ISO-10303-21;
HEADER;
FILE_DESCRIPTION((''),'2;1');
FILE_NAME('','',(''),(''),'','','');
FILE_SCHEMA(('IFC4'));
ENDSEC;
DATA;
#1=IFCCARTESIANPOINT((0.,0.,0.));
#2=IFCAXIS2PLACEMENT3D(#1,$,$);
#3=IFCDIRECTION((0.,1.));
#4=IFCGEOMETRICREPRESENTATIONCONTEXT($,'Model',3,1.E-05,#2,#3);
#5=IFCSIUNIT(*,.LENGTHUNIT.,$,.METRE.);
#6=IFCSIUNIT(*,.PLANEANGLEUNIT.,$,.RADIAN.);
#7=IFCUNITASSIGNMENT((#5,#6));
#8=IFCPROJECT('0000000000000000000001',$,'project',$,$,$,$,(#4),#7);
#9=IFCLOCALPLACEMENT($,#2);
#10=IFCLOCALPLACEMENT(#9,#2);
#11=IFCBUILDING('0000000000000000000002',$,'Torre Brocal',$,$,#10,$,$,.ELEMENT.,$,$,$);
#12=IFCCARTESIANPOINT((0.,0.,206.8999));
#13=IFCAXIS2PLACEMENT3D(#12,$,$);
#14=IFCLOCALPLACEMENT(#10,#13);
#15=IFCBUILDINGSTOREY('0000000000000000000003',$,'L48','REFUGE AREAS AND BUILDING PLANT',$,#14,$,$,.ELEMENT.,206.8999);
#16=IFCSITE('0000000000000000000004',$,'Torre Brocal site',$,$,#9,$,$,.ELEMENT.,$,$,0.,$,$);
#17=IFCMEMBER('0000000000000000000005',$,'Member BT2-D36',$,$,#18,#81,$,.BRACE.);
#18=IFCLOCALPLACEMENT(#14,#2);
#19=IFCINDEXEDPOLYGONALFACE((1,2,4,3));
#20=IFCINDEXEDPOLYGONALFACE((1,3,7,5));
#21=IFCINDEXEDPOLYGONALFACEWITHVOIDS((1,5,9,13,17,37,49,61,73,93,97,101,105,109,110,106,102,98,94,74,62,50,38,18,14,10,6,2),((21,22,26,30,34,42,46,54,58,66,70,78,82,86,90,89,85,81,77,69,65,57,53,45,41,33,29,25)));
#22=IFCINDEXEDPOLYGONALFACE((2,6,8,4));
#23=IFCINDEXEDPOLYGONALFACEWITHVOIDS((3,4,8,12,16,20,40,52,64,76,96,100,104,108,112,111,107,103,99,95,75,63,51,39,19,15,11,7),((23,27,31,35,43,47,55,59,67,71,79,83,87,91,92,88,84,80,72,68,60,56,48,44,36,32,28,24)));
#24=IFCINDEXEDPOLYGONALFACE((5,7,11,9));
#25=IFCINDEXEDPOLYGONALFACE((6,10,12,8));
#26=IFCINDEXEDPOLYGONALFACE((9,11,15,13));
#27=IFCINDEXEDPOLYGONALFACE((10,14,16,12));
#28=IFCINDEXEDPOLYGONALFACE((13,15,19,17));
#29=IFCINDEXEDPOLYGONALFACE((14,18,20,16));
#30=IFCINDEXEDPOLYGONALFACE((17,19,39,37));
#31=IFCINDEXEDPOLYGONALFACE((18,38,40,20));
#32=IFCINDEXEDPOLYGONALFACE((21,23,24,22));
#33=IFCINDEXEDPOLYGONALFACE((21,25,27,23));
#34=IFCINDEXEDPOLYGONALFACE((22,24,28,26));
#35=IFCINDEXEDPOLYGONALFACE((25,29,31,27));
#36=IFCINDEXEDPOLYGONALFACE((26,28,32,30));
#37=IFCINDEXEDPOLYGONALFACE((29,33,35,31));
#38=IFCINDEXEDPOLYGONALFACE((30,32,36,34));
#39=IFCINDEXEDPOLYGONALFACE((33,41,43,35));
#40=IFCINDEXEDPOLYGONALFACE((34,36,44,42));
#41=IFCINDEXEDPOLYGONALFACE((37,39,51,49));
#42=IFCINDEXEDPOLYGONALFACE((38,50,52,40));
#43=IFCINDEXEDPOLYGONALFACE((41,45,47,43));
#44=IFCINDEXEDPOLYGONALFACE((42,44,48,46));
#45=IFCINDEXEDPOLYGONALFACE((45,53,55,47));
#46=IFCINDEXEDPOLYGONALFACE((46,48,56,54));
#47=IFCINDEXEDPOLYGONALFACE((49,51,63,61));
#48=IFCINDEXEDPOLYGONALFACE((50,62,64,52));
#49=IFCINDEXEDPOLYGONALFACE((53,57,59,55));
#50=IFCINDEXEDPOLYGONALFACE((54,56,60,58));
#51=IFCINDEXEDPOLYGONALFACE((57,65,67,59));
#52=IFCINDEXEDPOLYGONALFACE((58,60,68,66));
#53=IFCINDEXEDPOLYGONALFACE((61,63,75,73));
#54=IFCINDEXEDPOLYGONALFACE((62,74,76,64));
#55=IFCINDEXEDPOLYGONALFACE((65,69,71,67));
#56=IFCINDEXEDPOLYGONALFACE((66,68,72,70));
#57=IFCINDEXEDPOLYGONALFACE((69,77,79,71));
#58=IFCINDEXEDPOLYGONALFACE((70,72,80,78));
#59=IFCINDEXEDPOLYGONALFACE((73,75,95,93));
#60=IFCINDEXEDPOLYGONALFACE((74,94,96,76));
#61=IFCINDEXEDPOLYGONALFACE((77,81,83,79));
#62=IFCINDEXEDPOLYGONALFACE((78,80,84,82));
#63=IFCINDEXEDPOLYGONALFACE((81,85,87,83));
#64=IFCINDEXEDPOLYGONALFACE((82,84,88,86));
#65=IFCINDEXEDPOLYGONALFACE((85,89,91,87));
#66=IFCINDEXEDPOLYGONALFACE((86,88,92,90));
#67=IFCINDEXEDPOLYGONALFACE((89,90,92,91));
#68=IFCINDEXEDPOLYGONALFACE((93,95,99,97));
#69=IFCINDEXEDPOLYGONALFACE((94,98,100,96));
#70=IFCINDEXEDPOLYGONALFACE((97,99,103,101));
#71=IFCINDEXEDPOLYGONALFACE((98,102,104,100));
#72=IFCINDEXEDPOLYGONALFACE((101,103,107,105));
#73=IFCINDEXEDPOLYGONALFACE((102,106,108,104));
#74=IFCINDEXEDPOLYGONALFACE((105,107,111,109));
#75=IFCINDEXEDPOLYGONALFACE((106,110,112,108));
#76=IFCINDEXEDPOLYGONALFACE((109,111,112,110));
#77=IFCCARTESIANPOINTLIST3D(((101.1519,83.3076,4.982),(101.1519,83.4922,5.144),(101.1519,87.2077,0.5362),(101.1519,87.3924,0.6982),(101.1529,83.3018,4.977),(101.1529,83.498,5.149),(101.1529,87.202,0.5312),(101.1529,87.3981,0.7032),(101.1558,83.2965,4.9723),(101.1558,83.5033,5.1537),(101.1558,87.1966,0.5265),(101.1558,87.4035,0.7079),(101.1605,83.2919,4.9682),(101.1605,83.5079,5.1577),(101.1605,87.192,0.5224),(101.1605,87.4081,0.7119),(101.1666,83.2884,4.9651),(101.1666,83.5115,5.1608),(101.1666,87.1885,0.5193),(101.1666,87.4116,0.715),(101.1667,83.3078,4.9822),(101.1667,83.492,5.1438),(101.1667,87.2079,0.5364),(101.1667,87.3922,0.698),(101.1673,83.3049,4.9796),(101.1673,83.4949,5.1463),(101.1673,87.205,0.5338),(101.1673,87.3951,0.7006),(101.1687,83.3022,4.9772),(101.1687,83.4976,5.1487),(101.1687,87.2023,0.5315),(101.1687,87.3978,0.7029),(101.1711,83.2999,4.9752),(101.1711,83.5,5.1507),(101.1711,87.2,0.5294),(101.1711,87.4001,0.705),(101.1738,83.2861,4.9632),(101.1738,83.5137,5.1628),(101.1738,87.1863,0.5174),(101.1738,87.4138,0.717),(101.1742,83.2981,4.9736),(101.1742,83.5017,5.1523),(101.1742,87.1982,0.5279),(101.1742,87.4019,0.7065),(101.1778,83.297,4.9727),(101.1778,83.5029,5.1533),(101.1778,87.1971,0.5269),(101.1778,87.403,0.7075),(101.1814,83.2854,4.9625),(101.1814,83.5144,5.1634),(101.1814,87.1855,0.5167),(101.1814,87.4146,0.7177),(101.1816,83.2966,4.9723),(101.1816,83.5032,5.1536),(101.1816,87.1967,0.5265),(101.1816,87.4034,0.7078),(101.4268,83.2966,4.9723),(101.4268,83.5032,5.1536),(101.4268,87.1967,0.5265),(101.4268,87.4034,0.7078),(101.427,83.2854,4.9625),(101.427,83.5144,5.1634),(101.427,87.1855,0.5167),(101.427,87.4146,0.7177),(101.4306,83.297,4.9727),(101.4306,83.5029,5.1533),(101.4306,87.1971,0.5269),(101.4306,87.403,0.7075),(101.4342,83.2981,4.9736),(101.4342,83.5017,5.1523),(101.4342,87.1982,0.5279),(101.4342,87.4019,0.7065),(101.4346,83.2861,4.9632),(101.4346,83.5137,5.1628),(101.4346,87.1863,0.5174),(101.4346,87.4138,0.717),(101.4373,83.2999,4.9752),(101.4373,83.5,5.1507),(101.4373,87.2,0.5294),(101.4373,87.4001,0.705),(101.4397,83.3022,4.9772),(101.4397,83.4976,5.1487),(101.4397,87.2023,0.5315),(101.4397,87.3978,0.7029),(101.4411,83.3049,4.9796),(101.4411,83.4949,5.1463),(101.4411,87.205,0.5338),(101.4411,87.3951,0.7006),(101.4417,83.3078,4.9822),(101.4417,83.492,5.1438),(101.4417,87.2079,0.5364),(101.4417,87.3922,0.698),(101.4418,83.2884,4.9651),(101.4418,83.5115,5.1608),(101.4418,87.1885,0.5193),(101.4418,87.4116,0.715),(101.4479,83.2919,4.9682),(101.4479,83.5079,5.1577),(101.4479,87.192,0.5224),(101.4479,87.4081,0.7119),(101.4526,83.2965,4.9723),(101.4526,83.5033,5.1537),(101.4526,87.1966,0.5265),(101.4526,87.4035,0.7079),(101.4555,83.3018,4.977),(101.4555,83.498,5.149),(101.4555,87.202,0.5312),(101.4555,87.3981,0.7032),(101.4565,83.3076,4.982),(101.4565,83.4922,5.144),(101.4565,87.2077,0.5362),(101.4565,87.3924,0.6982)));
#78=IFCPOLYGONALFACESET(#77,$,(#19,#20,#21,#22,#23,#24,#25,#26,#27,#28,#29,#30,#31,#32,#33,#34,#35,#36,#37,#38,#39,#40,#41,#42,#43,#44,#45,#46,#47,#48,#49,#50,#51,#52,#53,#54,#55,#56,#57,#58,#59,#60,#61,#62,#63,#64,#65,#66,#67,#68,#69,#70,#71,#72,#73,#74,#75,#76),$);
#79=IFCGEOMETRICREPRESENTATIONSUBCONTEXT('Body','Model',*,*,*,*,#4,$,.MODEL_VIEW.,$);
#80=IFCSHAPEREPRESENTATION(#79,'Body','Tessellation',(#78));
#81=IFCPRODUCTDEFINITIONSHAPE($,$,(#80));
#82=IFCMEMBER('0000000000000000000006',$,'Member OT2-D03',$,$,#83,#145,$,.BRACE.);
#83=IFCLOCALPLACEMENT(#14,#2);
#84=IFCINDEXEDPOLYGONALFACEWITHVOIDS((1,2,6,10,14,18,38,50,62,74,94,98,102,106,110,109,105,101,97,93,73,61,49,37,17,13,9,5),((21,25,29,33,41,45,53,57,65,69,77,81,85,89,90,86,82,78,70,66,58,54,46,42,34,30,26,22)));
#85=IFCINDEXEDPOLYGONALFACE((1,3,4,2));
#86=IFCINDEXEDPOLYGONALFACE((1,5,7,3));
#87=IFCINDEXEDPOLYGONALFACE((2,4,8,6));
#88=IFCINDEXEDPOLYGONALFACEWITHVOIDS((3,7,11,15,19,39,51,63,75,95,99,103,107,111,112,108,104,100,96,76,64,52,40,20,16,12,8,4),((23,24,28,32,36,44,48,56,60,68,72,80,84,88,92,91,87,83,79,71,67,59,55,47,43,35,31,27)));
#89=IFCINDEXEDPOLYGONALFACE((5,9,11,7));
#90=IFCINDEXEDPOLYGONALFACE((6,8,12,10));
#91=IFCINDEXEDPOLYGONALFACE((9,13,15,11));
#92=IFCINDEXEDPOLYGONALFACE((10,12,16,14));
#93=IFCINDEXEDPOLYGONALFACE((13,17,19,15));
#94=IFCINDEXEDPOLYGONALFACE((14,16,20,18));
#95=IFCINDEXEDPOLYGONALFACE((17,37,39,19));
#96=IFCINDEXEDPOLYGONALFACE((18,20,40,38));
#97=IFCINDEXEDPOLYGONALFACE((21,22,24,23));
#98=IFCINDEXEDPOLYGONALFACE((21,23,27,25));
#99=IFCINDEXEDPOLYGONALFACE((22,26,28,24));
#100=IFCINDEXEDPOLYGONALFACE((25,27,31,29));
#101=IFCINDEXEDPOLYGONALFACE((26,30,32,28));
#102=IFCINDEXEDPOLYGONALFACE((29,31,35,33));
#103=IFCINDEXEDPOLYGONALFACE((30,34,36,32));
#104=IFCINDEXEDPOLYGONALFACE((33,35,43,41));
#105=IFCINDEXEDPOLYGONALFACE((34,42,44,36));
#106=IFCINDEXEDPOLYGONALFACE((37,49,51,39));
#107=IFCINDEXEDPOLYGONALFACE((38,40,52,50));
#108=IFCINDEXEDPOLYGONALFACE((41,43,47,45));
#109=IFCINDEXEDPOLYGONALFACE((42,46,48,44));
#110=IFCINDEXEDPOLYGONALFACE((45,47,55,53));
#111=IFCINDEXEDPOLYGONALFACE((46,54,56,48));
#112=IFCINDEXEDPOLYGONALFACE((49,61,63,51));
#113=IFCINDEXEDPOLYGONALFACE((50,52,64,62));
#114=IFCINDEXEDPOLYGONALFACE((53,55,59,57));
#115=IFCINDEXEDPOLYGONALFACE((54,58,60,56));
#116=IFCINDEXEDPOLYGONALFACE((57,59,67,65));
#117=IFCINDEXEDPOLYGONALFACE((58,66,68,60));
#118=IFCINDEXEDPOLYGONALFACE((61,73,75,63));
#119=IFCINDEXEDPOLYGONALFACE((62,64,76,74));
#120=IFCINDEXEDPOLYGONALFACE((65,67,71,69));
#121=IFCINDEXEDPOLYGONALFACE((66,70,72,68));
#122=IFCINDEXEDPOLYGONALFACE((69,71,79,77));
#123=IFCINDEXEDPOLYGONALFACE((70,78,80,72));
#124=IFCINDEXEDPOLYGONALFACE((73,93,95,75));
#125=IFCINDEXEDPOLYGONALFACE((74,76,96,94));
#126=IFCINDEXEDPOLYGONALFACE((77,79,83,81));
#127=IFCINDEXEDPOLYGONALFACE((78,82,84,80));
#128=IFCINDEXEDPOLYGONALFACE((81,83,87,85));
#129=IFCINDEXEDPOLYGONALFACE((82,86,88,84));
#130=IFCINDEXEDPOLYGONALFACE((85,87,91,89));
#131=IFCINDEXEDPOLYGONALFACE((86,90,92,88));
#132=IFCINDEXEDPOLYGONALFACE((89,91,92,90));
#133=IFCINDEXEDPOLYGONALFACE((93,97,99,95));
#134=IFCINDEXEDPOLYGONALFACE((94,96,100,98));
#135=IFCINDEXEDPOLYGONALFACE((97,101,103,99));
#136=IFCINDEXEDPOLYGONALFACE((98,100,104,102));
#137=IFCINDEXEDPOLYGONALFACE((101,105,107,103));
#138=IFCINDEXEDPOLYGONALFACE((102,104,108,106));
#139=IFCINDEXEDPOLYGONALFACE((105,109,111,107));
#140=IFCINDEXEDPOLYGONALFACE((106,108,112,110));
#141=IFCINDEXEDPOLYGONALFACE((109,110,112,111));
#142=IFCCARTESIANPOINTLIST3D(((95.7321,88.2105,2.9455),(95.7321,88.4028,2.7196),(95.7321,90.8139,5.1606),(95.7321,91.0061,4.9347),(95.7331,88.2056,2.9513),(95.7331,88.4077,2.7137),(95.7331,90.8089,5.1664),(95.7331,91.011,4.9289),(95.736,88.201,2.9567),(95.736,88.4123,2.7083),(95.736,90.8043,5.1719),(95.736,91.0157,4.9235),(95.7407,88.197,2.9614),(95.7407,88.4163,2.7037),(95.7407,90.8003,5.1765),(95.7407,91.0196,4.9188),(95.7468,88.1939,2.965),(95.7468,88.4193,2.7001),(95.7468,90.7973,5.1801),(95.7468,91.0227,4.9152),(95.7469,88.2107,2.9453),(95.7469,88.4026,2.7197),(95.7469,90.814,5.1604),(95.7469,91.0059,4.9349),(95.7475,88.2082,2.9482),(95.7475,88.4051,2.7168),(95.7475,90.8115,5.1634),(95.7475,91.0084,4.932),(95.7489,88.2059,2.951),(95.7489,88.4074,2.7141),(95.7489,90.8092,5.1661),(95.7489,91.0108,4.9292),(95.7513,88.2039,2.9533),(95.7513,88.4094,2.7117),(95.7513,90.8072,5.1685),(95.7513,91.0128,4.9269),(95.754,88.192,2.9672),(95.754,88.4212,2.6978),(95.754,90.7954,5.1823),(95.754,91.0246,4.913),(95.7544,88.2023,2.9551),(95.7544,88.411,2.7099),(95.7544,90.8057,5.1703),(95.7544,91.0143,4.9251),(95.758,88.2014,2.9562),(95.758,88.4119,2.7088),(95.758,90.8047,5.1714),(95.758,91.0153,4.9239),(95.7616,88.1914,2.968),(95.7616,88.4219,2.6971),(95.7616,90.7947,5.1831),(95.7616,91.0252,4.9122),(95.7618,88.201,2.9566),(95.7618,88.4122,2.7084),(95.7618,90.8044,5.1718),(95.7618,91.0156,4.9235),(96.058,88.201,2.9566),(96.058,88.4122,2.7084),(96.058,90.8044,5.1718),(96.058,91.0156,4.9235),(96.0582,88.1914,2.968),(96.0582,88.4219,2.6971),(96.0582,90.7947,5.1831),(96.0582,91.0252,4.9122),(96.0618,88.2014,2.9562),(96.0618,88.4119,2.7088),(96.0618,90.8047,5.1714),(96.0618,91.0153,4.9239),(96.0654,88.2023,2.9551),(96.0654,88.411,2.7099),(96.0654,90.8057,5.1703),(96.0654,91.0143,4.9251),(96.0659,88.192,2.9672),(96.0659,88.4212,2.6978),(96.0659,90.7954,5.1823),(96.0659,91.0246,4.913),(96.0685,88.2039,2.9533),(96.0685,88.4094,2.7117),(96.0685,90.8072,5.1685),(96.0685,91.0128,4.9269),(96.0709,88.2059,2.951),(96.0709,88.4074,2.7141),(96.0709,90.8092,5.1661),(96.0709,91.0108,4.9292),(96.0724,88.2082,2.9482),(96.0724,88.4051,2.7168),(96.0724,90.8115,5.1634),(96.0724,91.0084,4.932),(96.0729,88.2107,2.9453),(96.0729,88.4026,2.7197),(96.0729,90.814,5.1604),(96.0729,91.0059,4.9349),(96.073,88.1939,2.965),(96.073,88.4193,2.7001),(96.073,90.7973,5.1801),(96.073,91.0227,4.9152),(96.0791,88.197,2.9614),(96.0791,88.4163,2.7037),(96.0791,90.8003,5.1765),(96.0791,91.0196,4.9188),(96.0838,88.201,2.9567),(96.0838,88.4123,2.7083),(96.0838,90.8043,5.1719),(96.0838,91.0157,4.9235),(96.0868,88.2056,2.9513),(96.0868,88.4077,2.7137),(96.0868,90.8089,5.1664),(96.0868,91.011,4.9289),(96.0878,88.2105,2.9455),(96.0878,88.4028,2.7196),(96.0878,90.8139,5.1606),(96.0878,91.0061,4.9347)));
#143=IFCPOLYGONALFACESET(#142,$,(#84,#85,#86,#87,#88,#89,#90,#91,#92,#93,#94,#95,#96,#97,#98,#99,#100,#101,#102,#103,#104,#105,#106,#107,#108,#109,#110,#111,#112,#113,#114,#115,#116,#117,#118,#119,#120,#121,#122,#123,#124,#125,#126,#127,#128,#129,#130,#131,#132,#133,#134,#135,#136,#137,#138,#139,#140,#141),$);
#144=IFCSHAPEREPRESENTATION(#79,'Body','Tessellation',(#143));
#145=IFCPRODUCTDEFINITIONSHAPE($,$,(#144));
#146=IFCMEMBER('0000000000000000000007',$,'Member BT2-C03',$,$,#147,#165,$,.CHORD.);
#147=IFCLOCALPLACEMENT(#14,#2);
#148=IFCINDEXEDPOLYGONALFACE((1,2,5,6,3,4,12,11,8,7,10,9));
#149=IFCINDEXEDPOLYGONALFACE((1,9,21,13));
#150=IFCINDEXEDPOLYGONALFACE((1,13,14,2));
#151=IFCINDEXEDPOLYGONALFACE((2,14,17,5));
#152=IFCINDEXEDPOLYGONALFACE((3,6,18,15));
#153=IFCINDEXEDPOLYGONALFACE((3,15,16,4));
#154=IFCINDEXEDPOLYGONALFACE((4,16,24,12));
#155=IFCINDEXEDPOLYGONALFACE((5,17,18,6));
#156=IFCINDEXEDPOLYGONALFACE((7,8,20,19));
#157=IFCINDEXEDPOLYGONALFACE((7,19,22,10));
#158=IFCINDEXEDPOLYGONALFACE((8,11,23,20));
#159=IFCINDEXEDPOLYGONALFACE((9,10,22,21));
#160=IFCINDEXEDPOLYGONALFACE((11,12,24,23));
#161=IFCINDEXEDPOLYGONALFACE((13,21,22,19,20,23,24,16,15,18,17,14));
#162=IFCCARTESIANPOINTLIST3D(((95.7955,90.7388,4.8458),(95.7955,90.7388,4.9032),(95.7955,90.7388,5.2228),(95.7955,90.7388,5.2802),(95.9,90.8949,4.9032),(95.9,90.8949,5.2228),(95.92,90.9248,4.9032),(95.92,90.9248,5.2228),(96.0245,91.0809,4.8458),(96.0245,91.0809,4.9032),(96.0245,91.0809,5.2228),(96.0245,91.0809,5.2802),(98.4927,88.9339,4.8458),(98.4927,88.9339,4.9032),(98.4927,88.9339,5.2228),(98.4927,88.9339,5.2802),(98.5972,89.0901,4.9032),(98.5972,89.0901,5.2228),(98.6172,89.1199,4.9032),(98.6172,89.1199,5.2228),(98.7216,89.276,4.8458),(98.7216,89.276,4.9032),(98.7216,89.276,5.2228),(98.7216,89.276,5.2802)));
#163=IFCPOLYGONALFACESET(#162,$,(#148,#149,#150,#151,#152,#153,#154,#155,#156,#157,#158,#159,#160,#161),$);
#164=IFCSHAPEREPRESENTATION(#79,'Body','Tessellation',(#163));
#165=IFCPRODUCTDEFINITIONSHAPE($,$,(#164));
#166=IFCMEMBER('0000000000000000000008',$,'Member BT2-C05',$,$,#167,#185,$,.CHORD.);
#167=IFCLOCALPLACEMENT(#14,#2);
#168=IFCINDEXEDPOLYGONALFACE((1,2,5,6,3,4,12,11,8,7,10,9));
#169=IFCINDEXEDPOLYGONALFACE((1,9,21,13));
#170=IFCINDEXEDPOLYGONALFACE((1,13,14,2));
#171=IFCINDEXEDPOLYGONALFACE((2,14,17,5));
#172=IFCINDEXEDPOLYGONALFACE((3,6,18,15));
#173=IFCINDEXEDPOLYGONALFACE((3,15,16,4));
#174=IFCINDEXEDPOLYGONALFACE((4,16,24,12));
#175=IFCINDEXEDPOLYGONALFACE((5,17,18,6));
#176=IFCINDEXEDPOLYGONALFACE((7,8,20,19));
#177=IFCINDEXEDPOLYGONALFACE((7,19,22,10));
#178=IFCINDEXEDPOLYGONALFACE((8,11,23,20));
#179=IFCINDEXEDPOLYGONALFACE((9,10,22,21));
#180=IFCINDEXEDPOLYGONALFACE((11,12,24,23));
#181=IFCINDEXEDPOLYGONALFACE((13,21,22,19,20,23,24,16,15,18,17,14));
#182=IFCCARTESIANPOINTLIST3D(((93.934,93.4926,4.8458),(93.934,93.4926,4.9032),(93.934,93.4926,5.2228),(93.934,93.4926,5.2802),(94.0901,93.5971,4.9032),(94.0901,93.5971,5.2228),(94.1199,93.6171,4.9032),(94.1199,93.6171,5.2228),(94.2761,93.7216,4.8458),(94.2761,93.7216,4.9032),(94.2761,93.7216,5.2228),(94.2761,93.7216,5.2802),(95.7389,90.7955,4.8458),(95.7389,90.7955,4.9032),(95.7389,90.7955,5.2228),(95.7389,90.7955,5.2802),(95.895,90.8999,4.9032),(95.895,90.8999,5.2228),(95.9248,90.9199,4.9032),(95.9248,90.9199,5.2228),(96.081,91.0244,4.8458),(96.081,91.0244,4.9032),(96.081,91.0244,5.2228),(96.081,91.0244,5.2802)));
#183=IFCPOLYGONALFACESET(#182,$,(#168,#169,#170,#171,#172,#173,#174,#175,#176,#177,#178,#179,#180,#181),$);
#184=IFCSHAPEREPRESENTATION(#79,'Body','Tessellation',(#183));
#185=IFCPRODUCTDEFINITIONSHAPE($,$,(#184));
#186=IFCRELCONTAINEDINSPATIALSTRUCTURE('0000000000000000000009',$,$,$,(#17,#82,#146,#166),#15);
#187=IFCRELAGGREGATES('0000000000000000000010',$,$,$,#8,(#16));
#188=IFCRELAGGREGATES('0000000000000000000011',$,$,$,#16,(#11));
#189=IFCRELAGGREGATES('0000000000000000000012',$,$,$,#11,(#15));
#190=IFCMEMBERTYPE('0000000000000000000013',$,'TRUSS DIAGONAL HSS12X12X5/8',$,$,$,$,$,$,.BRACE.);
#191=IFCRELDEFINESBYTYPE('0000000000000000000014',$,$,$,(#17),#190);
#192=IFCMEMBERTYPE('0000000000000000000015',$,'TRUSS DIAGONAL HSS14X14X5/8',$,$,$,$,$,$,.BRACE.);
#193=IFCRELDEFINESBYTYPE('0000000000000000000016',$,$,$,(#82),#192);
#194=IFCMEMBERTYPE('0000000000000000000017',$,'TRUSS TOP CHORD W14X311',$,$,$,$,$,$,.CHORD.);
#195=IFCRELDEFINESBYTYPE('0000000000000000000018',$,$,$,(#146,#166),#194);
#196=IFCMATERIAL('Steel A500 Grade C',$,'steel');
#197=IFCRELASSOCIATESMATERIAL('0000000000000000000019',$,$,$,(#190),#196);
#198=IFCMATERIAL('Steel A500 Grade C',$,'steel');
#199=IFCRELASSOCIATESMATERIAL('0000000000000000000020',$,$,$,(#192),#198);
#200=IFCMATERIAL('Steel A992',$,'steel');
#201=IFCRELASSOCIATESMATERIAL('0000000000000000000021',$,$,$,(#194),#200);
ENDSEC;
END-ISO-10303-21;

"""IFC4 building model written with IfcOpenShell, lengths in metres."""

from ifc_helpers import new_model, si_unit, direction, frame, origin, origin_2d, place, context, subcontext, project, spatial, hollow_rectangle, i_section, extrude, material, material_profile, profile_set, type_object, element, save


model = new_model("IFC4")

# Units and contexts
model_context = context("Model", 3, precision=1e-05, world=origin(), true_north=direction((0.0, 1.0)))
body_context = subcontext(model_context, "Body", "Model", "MODEL_VIEW")
ifc_project = project(units=[si_unit("LENGTHUNIT", "METRE"), si_unit("PLANEANGLEUNIT", "RADIAN")], contexts=[model_context])

# Site, building, storey
site_placement = place(None, origin())
site = spatial("IfcSite", under=ifc_project, at=site_placement, Name="Torre Brocal site", CompositionType="ELEMENT", RefElevation=0.0)
building_placement = place(site_placement, origin())
building = spatial("IfcBuilding", under=site, at=building_placement, Name="Torre Brocal", CompositionType="ELEMENT")
storey_placement = place(building_placement, frame((0.0, 0.0, 206.8999)))
storey = spatial("IfcBuildingStorey", under=building, at=storey_placement, Name="L48", Description="REFUGE AREAS AND BUILDING PLANT", CompositionType="ELEMENT", Elevation=206.8999)

# Members
ifc_material_1 = material(Name="Steel A500 Grade C", Category="steel")
ifc_material_profile_1 = material_profile(ifc_material_1, hollow_rectangle(XDim=0.3047, YDim=0.3047, WallThickness=0.0149, InnerFilletRadius=0.0149, OuterFilletRadius=0.0295, at=origin_2d()), Name="HSS12X12X5/8")
ifc_profile_set_1 = profile_set([ifc_material_profile_1], Name="Steel A500 Grade C")
member_type_1 = type_object("IfcMemberType", Name="TRUSS DIAGONAL HSS12X12X5/8", PredefinedType="BRACE", material=ifc_profile_set_1)
member_1_placement = place(storey_placement, frame((101.3042, 87.3, 0.6172), z_axis=(0.0, -0.659469, 0.751732), x_axis=(1.0, 0.0, 0.0)))
element("IfcMember", 1, at=member_1_placement, inside=storey, type_object=member_type_1, Name="Member BT2-D36", PredefinedType="BRACE", context=body_context, shape_type="SweptSolid", body=[
    extrude(hollow_rectangle(XDim=0.3047, YDim=0.3047, WallThickness=0.0149, InnerFilletRadius=0.0149, OuterFilletRadius=0.0295, at=origin_2d()), origin(), (0.0, 0.0, 1.0), 5.9141),
])
ifc_material_2 = material(Name="Steel A500 Grade C", Category="steel")
ifc_material_profile_2 = material_profile(ifc_material_2, hollow_rectangle(XDim=0.3557, YDim=0.3557, WallThickness=0.0149, InnerFilletRadius=0.0149, OuterFilletRadius=0.0295, at=origin_2d()), Name="HSS14X14X5/8")
ifc_profile_set_2 = profile_set([ifc_material_profile_2], Name="Steel A500 Grade C")
member_type_2 = type_object("IfcMemberType", Name="TRUSS DIAGONAL HSS14X14X5/8", PredefinedType="BRACE", material=ifc_profile_set_2)
member_2_placement = place(storey_placement, frame((95.9099, 88.3066, 2.8325), z_axis=(0.0, 0.761606, 0.64804), x_axis=(-1.0, 0.0, 0.0)))
element("IfcMember", 2, at=member_2_placement, inside=storey, type_object=member_type_2, Name="Member OT2-D03", PredefinedType="BRACE", context=body_context, shape_type="SweptSolid", body=[
    extrude(hollow_rectangle(XDim=0.3557, YDim=0.3557, WallThickness=0.0149, InnerFilletRadius=0.0149, OuterFilletRadius=0.0295, at=origin_2d()), origin(), (0.0, 0.0, 1.0), 3.4182),
])
ifc_material_3 = material(Name="Steel A992", Category="steel")
ifc_material_profile_3 = material_profile(ifc_material_3, i_section(OverallWidth=0.4116, OverallDepth=0.4343, WebThickness=0.0359, FlangeThickness=0.0574, at=origin_2d()), Name="W14X311")
ifc_profile_set_3 = profile_set([ifc_material_profile_3], Name="Steel A992")
member_type_3 = type_object("IfcMemberType", Name="TRUSS TOP CHORD W14X311", PredefinedType="CHORD", material=ifc_profile_set_3)
for number, where, z_axis, x_axis, name in (
    (3, (98.6072, 89.105, 5.063), (-0.831088, 0.55614, 0.0), (-0.55614, -0.831088, 0.0), "Member BT2-C03"),
    (4, (95.9099, 90.9099, 5.063), (-0.55614, 0.831088, 0.0), (-0.831088, -0.55614, 0.0), "Member BT2-C05"),
):
    element("IfcMember", number, at=place(storey_placement, frame(where, z_axis=z_axis, x_axis=x_axis)), inside=storey, type_object=member_type_3, Name=name, PredefinedType="CHORD", context=body_context, shape_type="SweptSolid", body=[
        extrude(i_section(OverallWidth=0.4116, OverallDepth=0.4343, WebThickness=0.0359, FlangeThickness=0.0574, at=origin_2d()), origin(), (0.0, 0.0, 1.0), 3.2454),
    ])

save(model, "model.ifc")
